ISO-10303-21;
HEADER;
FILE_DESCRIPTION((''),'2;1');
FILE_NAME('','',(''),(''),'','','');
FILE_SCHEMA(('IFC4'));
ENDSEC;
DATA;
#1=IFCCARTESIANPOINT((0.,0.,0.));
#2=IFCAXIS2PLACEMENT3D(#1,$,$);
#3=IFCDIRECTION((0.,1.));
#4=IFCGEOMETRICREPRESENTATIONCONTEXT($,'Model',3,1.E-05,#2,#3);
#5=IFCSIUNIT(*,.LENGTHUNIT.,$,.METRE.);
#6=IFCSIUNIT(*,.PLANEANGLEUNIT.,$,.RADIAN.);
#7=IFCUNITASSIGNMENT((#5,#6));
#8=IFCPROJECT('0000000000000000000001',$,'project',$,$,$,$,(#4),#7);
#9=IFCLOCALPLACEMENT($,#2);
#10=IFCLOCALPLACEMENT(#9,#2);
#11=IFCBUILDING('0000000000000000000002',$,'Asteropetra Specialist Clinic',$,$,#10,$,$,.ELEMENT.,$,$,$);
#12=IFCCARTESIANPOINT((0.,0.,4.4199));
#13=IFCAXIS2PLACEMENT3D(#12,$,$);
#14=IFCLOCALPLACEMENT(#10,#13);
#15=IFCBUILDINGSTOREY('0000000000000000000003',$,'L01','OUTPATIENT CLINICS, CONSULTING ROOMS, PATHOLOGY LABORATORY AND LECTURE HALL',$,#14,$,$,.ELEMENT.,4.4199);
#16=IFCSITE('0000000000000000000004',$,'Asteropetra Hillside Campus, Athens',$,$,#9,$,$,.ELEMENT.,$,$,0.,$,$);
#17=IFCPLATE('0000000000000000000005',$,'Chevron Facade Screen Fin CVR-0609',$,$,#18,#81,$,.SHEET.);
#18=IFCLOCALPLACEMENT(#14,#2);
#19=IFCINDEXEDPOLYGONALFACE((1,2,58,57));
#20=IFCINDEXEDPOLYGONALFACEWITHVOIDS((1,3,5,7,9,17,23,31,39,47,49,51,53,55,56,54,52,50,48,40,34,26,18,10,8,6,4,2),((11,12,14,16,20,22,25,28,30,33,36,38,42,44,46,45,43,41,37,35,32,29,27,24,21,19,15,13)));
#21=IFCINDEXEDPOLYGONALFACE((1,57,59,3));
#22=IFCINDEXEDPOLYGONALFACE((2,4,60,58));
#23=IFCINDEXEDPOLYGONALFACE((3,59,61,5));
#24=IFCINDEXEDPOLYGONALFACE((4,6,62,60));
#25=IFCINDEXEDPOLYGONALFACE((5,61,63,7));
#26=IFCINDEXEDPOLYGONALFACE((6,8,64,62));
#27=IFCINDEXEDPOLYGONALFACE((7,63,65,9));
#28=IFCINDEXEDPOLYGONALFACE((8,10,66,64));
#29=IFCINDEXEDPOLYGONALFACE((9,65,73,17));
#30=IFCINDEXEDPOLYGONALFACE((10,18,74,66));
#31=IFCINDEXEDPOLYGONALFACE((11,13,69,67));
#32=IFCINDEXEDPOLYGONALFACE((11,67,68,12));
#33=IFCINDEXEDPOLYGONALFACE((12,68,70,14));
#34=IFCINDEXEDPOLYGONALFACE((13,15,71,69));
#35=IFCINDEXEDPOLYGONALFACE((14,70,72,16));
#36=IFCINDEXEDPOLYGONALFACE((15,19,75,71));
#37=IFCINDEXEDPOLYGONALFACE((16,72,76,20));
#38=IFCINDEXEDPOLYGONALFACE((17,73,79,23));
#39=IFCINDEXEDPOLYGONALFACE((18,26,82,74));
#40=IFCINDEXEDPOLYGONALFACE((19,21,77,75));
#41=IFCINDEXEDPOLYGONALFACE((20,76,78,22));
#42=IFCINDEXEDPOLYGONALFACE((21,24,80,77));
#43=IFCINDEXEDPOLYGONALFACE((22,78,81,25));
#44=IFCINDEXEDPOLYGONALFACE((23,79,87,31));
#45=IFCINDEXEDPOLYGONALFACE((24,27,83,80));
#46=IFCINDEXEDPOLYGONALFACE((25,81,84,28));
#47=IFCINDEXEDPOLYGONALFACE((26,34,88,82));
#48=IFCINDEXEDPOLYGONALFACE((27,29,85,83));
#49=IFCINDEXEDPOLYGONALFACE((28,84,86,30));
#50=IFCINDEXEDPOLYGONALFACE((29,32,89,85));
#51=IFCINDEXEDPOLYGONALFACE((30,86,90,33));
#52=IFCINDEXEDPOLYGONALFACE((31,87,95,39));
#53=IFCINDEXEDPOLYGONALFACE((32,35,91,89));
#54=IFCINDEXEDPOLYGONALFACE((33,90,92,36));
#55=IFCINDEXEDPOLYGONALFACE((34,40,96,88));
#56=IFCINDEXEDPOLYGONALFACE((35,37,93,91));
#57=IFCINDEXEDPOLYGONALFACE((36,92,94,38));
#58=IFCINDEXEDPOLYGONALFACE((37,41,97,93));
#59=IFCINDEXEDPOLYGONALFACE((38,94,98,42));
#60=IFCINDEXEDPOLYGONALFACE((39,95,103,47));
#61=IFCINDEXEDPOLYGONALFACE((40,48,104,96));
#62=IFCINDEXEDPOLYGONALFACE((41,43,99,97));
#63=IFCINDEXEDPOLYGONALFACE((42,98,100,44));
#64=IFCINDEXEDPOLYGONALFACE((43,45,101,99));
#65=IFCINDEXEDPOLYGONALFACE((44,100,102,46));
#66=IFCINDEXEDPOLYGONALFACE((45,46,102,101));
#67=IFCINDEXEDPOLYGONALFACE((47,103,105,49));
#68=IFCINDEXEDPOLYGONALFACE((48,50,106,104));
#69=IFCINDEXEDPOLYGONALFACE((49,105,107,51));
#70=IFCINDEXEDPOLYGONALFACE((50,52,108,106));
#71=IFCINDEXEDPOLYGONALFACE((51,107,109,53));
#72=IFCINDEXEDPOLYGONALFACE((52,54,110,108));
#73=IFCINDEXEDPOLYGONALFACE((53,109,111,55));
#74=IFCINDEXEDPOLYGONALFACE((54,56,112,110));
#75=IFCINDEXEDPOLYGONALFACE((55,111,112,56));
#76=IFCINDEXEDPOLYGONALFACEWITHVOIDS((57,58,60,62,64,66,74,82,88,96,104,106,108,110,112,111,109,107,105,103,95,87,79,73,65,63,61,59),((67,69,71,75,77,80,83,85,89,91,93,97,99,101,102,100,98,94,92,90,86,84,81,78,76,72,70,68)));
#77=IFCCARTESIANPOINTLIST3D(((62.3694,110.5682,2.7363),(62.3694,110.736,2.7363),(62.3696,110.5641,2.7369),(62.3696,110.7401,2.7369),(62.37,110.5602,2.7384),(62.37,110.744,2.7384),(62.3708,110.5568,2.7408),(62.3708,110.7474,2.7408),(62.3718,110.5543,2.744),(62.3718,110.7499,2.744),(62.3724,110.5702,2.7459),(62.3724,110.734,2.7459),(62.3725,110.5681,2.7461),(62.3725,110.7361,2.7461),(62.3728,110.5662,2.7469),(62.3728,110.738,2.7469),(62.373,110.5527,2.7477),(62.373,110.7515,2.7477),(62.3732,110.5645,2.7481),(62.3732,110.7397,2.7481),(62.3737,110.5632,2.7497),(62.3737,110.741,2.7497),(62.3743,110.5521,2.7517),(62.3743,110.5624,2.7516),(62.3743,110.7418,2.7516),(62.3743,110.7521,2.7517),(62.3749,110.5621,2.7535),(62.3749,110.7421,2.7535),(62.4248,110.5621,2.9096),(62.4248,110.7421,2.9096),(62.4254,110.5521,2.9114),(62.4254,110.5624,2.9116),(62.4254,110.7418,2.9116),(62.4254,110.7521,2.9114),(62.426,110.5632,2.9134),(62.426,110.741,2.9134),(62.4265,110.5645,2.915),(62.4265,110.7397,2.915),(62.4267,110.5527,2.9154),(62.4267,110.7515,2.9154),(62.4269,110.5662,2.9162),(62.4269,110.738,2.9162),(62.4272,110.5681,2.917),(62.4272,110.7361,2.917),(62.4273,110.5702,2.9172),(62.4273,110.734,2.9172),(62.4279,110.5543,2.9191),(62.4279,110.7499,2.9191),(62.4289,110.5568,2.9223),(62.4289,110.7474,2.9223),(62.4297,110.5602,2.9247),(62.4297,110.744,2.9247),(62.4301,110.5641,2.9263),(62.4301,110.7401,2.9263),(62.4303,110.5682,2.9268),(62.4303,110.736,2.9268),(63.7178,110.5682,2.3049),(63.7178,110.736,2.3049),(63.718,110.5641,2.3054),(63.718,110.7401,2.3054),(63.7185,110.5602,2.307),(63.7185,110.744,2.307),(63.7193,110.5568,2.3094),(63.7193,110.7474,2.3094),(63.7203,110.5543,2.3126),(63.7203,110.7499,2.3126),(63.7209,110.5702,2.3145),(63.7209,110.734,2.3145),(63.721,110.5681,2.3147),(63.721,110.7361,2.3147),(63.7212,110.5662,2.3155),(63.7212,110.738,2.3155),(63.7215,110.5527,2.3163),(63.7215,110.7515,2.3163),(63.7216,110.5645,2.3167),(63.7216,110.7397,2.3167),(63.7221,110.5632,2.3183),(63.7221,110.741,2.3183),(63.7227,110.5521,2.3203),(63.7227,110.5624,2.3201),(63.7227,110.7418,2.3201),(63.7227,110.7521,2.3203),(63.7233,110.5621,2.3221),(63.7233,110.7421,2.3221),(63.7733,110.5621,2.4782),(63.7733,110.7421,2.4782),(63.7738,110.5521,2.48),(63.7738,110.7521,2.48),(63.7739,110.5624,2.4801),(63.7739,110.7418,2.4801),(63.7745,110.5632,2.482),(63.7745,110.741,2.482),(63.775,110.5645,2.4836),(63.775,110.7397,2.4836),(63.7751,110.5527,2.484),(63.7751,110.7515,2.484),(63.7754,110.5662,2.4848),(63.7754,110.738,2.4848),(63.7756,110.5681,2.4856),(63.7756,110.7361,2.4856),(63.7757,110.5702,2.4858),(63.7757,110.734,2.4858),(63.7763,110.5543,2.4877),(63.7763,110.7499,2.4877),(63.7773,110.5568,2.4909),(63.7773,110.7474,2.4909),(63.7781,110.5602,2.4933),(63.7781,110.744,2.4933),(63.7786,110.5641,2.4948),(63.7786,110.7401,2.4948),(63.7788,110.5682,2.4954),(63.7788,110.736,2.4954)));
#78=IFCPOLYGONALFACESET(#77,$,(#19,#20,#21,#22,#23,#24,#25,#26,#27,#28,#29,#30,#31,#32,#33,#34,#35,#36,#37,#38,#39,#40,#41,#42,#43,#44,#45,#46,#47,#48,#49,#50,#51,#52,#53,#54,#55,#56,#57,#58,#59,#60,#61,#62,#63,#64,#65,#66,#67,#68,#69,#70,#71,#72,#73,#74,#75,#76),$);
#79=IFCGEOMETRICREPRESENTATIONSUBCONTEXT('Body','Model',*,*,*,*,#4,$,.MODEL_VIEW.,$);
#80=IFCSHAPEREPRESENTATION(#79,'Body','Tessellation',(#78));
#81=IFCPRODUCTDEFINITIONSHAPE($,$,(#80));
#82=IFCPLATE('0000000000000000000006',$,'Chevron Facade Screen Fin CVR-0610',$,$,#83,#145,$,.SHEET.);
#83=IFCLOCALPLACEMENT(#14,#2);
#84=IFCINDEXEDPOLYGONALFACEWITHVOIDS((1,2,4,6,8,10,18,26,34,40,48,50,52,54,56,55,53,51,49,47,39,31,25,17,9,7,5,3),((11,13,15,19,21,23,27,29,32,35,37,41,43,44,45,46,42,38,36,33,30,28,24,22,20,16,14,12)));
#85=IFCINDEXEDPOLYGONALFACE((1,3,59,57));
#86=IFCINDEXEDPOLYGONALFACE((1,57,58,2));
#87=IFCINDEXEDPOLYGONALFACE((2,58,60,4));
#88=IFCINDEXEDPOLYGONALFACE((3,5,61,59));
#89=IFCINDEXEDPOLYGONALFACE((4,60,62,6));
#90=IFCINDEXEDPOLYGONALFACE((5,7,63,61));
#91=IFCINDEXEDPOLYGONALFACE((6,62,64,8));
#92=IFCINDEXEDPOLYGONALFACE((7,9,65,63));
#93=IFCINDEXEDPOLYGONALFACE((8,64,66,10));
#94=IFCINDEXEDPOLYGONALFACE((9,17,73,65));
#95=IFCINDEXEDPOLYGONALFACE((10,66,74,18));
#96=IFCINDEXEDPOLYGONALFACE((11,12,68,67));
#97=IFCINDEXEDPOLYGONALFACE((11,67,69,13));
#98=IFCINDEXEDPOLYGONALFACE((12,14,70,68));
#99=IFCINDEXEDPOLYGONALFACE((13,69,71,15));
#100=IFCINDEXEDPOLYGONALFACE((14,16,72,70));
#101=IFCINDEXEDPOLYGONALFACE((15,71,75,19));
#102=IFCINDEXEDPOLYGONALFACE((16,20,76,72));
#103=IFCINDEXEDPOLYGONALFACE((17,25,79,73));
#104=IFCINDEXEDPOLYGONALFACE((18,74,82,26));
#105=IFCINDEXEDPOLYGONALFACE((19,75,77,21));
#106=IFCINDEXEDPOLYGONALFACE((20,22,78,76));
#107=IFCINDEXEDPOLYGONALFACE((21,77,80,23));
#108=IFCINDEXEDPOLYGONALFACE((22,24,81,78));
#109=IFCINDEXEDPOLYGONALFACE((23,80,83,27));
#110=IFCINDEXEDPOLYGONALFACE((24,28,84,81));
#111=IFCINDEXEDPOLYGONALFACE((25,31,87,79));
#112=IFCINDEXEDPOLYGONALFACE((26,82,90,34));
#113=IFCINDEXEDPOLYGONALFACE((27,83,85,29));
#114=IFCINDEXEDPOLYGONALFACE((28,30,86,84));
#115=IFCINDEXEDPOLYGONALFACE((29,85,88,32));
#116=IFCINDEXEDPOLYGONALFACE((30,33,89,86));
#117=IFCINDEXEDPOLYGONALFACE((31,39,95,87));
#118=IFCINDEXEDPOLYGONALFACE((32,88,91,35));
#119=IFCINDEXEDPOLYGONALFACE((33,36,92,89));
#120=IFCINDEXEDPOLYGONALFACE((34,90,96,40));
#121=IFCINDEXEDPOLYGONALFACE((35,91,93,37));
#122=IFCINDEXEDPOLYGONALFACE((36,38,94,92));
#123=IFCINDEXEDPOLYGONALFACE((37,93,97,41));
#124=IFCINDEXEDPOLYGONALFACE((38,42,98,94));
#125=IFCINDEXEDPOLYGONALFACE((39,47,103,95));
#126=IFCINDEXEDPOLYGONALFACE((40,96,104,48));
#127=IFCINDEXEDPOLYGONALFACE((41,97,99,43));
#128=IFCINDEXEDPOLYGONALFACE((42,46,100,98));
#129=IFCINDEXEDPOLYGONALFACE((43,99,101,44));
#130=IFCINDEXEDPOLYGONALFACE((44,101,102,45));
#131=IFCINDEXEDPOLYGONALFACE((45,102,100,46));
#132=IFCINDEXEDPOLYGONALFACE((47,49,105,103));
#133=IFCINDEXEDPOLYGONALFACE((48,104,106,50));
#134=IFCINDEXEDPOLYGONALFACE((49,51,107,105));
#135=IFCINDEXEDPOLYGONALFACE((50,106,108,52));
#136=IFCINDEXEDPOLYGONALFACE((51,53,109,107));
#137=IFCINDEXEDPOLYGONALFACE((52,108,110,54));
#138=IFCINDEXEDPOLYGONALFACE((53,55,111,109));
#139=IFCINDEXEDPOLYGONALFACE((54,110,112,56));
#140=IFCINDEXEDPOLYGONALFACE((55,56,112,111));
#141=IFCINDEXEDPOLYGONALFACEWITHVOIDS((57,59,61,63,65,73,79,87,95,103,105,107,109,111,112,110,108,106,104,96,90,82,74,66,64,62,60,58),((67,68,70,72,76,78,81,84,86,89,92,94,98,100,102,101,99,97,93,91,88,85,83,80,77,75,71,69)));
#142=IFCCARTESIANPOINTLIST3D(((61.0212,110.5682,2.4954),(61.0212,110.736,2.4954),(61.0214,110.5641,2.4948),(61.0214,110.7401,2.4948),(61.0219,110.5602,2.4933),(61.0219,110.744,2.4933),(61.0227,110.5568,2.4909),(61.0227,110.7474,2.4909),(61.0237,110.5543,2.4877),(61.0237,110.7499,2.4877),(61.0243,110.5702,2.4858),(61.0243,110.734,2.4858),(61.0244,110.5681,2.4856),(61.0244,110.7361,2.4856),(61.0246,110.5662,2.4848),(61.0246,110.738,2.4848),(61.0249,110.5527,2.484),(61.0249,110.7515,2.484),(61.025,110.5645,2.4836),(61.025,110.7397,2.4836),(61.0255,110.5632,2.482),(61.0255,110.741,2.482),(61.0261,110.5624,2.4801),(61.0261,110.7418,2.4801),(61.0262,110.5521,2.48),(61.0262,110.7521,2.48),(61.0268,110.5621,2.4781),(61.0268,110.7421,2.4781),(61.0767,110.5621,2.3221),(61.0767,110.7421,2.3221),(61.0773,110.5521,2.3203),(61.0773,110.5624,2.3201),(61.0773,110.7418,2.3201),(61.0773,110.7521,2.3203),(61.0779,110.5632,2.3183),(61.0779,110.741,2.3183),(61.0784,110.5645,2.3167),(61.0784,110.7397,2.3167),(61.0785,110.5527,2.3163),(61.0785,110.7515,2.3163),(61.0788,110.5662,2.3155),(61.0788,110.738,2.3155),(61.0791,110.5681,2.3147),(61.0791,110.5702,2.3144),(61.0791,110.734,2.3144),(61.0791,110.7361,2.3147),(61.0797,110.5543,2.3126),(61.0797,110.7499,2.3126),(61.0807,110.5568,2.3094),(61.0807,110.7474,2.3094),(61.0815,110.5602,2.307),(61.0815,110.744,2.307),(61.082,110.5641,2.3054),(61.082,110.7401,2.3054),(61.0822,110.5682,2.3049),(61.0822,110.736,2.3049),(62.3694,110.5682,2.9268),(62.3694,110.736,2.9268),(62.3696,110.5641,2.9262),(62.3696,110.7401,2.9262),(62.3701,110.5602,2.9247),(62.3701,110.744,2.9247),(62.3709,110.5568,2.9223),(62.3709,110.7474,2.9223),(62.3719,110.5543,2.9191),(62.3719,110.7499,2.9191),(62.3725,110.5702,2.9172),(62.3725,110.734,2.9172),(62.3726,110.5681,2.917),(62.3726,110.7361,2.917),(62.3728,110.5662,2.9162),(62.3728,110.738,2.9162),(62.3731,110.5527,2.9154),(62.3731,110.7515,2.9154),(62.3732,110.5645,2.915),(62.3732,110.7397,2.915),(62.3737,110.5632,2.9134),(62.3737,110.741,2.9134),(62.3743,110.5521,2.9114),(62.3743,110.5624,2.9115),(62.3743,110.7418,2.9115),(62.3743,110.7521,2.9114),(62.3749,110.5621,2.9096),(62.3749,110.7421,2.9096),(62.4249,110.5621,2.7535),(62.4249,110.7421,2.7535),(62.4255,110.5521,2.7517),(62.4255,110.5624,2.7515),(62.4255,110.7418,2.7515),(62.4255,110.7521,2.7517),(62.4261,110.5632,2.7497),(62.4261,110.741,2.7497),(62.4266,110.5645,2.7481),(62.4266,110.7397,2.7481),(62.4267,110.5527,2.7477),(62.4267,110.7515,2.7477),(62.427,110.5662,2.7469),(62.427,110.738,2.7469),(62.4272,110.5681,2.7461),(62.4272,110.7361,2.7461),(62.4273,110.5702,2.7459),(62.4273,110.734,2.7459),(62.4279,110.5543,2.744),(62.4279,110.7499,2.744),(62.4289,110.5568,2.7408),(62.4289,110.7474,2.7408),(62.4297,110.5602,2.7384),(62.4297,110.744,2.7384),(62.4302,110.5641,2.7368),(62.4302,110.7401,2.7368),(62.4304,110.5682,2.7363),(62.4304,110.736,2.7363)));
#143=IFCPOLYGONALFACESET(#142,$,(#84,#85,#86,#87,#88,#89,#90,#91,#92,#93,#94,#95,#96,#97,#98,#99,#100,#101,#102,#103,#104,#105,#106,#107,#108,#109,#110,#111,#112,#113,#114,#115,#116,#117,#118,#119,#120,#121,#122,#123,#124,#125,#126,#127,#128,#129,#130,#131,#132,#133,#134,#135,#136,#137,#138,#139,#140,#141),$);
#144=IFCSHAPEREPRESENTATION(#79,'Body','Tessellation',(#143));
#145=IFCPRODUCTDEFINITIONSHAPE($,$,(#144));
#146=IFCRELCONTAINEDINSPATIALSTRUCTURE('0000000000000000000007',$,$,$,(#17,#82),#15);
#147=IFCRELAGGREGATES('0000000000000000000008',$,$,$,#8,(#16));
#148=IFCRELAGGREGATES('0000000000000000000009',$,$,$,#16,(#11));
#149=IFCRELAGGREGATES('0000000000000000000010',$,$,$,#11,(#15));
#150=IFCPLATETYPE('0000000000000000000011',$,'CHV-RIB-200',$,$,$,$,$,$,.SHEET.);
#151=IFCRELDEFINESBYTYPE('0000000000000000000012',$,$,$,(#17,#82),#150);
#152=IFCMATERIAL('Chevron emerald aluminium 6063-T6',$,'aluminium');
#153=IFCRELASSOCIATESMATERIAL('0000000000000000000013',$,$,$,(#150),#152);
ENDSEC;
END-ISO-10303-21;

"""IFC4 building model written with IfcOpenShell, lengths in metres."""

from ifc_helpers import new_model, si_unit, direction, frame, origin, origin_2d, place, context, subcontext, project, spatial, hollow_rectangle, extrude, material, material_profile, profile_set, type_object, element, save


model = new_model("IFC4")

# Units and contexts
model_context = context("Model", 3, precision=1e-05, world=origin(), true_north=direction((0.0, 1.0)))
body_context = subcontext(model_context, "Body", "Model", "MODEL_VIEW")
ifc_project = project(units=[si_unit("LENGTHUNIT", "METRE"), si_unit("PLANEANGLEUNIT", "RADIAN")], contexts=[model_context])

# Site, building, storey
site_placement = place(None, origin())
site = spatial("IfcSite", under=ifc_project, at=site_placement, Name="Asteropetra Hillside Campus, Athens", CompositionType="ELEMENT", RefElevation=0.0)
building_placement = place(site_placement, origin())
building = spatial("IfcBuilding", under=site, at=building_placement, Name="Asteropetra Specialist Clinic", CompositionType="ELEMENT")
storey_placement = place(building_placement, frame((0.0, 0.0, 4.4199)))
storey = spatial("IfcBuildingStorey", under=building, at=storey_placement, Name="L01", Description="OUTPATIENT CLINICS, CONSULTING ROOMS, PATHOLOGY LABORATORY AND LECTURE HALL", CompositionType="ELEMENT", Elevation=4.4199)

# Plates
ifc_material_1 = material(Name="Chevron emerald aluminium 6063-T6", Category="aluminium")
ifc_material_profile = material_profile(ifc_material_1, hollow_rectangle(XDim=0.2, YDim=0.2, WallThickness=0.01, InnerFilletRadius=0.0081, OuterFilletRadius=0.0161, at=origin_2d()), Name="SHS 200x200x10.0")
ifc_profile_set = profile_set([ifc_material_profile], Name="Chevron emerald aluminium 6063-T6")
plate_type_1 = type_object("IfcPlateType", Name="CHV-RIB-200", PredefinedType="SHEET", material=ifc_profile_set)
plate_1_placement = place(storey_placement, frame((63.7483, 110.6521, 2.4001), z_axis=(-0.952442, 0.0, 0.304719), x_axis=(0.0, -1.0, 0.0)))
element("IfcPlate", 1, at=plate_1_placement, inside=storey, type_object=plate_type_1, Name="Chevron Facade Screen Fin CVR-0609", PredefinedType="SHEET", context=body_context, shape_type="SweptSolid", body=[
    extrude(hollow_rectangle(XDim=0.2, YDim=0.2, WallThickness=0.01, InnerFilletRadius=0.0081, OuterFilletRadius=0.0161, at=origin_2d()), origin(), (0.0, 0.0, 1.0), 1.4158),
])
plate_2_placement = place(storey_placement, frame((62.3999, 110.6521, 2.8315), z_axis=(-0.952426, 0.0, -0.304769), x_axis=(0.0, -1.0, 0.0)))
element("IfcPlate", 2, at=plate_2_placement, inside=storey, type_object=plate_type_1, Name="Chevron Facade Screen Fin CVR-0610", PredefinedType="SHEET", context=body_context, shape_type="SweptSolid", body=[
    extrude(hollow_rectangle(XDim=0.2, YDim=0.2, WallThickness=0.01, InnerFilletRadius=0.0081, OuterFilletRadius=0.0161, at=origin_2d()), origin(), (0.0, 0.0, 1.0), 1.4155),
])

save(model, "model.ifc")
